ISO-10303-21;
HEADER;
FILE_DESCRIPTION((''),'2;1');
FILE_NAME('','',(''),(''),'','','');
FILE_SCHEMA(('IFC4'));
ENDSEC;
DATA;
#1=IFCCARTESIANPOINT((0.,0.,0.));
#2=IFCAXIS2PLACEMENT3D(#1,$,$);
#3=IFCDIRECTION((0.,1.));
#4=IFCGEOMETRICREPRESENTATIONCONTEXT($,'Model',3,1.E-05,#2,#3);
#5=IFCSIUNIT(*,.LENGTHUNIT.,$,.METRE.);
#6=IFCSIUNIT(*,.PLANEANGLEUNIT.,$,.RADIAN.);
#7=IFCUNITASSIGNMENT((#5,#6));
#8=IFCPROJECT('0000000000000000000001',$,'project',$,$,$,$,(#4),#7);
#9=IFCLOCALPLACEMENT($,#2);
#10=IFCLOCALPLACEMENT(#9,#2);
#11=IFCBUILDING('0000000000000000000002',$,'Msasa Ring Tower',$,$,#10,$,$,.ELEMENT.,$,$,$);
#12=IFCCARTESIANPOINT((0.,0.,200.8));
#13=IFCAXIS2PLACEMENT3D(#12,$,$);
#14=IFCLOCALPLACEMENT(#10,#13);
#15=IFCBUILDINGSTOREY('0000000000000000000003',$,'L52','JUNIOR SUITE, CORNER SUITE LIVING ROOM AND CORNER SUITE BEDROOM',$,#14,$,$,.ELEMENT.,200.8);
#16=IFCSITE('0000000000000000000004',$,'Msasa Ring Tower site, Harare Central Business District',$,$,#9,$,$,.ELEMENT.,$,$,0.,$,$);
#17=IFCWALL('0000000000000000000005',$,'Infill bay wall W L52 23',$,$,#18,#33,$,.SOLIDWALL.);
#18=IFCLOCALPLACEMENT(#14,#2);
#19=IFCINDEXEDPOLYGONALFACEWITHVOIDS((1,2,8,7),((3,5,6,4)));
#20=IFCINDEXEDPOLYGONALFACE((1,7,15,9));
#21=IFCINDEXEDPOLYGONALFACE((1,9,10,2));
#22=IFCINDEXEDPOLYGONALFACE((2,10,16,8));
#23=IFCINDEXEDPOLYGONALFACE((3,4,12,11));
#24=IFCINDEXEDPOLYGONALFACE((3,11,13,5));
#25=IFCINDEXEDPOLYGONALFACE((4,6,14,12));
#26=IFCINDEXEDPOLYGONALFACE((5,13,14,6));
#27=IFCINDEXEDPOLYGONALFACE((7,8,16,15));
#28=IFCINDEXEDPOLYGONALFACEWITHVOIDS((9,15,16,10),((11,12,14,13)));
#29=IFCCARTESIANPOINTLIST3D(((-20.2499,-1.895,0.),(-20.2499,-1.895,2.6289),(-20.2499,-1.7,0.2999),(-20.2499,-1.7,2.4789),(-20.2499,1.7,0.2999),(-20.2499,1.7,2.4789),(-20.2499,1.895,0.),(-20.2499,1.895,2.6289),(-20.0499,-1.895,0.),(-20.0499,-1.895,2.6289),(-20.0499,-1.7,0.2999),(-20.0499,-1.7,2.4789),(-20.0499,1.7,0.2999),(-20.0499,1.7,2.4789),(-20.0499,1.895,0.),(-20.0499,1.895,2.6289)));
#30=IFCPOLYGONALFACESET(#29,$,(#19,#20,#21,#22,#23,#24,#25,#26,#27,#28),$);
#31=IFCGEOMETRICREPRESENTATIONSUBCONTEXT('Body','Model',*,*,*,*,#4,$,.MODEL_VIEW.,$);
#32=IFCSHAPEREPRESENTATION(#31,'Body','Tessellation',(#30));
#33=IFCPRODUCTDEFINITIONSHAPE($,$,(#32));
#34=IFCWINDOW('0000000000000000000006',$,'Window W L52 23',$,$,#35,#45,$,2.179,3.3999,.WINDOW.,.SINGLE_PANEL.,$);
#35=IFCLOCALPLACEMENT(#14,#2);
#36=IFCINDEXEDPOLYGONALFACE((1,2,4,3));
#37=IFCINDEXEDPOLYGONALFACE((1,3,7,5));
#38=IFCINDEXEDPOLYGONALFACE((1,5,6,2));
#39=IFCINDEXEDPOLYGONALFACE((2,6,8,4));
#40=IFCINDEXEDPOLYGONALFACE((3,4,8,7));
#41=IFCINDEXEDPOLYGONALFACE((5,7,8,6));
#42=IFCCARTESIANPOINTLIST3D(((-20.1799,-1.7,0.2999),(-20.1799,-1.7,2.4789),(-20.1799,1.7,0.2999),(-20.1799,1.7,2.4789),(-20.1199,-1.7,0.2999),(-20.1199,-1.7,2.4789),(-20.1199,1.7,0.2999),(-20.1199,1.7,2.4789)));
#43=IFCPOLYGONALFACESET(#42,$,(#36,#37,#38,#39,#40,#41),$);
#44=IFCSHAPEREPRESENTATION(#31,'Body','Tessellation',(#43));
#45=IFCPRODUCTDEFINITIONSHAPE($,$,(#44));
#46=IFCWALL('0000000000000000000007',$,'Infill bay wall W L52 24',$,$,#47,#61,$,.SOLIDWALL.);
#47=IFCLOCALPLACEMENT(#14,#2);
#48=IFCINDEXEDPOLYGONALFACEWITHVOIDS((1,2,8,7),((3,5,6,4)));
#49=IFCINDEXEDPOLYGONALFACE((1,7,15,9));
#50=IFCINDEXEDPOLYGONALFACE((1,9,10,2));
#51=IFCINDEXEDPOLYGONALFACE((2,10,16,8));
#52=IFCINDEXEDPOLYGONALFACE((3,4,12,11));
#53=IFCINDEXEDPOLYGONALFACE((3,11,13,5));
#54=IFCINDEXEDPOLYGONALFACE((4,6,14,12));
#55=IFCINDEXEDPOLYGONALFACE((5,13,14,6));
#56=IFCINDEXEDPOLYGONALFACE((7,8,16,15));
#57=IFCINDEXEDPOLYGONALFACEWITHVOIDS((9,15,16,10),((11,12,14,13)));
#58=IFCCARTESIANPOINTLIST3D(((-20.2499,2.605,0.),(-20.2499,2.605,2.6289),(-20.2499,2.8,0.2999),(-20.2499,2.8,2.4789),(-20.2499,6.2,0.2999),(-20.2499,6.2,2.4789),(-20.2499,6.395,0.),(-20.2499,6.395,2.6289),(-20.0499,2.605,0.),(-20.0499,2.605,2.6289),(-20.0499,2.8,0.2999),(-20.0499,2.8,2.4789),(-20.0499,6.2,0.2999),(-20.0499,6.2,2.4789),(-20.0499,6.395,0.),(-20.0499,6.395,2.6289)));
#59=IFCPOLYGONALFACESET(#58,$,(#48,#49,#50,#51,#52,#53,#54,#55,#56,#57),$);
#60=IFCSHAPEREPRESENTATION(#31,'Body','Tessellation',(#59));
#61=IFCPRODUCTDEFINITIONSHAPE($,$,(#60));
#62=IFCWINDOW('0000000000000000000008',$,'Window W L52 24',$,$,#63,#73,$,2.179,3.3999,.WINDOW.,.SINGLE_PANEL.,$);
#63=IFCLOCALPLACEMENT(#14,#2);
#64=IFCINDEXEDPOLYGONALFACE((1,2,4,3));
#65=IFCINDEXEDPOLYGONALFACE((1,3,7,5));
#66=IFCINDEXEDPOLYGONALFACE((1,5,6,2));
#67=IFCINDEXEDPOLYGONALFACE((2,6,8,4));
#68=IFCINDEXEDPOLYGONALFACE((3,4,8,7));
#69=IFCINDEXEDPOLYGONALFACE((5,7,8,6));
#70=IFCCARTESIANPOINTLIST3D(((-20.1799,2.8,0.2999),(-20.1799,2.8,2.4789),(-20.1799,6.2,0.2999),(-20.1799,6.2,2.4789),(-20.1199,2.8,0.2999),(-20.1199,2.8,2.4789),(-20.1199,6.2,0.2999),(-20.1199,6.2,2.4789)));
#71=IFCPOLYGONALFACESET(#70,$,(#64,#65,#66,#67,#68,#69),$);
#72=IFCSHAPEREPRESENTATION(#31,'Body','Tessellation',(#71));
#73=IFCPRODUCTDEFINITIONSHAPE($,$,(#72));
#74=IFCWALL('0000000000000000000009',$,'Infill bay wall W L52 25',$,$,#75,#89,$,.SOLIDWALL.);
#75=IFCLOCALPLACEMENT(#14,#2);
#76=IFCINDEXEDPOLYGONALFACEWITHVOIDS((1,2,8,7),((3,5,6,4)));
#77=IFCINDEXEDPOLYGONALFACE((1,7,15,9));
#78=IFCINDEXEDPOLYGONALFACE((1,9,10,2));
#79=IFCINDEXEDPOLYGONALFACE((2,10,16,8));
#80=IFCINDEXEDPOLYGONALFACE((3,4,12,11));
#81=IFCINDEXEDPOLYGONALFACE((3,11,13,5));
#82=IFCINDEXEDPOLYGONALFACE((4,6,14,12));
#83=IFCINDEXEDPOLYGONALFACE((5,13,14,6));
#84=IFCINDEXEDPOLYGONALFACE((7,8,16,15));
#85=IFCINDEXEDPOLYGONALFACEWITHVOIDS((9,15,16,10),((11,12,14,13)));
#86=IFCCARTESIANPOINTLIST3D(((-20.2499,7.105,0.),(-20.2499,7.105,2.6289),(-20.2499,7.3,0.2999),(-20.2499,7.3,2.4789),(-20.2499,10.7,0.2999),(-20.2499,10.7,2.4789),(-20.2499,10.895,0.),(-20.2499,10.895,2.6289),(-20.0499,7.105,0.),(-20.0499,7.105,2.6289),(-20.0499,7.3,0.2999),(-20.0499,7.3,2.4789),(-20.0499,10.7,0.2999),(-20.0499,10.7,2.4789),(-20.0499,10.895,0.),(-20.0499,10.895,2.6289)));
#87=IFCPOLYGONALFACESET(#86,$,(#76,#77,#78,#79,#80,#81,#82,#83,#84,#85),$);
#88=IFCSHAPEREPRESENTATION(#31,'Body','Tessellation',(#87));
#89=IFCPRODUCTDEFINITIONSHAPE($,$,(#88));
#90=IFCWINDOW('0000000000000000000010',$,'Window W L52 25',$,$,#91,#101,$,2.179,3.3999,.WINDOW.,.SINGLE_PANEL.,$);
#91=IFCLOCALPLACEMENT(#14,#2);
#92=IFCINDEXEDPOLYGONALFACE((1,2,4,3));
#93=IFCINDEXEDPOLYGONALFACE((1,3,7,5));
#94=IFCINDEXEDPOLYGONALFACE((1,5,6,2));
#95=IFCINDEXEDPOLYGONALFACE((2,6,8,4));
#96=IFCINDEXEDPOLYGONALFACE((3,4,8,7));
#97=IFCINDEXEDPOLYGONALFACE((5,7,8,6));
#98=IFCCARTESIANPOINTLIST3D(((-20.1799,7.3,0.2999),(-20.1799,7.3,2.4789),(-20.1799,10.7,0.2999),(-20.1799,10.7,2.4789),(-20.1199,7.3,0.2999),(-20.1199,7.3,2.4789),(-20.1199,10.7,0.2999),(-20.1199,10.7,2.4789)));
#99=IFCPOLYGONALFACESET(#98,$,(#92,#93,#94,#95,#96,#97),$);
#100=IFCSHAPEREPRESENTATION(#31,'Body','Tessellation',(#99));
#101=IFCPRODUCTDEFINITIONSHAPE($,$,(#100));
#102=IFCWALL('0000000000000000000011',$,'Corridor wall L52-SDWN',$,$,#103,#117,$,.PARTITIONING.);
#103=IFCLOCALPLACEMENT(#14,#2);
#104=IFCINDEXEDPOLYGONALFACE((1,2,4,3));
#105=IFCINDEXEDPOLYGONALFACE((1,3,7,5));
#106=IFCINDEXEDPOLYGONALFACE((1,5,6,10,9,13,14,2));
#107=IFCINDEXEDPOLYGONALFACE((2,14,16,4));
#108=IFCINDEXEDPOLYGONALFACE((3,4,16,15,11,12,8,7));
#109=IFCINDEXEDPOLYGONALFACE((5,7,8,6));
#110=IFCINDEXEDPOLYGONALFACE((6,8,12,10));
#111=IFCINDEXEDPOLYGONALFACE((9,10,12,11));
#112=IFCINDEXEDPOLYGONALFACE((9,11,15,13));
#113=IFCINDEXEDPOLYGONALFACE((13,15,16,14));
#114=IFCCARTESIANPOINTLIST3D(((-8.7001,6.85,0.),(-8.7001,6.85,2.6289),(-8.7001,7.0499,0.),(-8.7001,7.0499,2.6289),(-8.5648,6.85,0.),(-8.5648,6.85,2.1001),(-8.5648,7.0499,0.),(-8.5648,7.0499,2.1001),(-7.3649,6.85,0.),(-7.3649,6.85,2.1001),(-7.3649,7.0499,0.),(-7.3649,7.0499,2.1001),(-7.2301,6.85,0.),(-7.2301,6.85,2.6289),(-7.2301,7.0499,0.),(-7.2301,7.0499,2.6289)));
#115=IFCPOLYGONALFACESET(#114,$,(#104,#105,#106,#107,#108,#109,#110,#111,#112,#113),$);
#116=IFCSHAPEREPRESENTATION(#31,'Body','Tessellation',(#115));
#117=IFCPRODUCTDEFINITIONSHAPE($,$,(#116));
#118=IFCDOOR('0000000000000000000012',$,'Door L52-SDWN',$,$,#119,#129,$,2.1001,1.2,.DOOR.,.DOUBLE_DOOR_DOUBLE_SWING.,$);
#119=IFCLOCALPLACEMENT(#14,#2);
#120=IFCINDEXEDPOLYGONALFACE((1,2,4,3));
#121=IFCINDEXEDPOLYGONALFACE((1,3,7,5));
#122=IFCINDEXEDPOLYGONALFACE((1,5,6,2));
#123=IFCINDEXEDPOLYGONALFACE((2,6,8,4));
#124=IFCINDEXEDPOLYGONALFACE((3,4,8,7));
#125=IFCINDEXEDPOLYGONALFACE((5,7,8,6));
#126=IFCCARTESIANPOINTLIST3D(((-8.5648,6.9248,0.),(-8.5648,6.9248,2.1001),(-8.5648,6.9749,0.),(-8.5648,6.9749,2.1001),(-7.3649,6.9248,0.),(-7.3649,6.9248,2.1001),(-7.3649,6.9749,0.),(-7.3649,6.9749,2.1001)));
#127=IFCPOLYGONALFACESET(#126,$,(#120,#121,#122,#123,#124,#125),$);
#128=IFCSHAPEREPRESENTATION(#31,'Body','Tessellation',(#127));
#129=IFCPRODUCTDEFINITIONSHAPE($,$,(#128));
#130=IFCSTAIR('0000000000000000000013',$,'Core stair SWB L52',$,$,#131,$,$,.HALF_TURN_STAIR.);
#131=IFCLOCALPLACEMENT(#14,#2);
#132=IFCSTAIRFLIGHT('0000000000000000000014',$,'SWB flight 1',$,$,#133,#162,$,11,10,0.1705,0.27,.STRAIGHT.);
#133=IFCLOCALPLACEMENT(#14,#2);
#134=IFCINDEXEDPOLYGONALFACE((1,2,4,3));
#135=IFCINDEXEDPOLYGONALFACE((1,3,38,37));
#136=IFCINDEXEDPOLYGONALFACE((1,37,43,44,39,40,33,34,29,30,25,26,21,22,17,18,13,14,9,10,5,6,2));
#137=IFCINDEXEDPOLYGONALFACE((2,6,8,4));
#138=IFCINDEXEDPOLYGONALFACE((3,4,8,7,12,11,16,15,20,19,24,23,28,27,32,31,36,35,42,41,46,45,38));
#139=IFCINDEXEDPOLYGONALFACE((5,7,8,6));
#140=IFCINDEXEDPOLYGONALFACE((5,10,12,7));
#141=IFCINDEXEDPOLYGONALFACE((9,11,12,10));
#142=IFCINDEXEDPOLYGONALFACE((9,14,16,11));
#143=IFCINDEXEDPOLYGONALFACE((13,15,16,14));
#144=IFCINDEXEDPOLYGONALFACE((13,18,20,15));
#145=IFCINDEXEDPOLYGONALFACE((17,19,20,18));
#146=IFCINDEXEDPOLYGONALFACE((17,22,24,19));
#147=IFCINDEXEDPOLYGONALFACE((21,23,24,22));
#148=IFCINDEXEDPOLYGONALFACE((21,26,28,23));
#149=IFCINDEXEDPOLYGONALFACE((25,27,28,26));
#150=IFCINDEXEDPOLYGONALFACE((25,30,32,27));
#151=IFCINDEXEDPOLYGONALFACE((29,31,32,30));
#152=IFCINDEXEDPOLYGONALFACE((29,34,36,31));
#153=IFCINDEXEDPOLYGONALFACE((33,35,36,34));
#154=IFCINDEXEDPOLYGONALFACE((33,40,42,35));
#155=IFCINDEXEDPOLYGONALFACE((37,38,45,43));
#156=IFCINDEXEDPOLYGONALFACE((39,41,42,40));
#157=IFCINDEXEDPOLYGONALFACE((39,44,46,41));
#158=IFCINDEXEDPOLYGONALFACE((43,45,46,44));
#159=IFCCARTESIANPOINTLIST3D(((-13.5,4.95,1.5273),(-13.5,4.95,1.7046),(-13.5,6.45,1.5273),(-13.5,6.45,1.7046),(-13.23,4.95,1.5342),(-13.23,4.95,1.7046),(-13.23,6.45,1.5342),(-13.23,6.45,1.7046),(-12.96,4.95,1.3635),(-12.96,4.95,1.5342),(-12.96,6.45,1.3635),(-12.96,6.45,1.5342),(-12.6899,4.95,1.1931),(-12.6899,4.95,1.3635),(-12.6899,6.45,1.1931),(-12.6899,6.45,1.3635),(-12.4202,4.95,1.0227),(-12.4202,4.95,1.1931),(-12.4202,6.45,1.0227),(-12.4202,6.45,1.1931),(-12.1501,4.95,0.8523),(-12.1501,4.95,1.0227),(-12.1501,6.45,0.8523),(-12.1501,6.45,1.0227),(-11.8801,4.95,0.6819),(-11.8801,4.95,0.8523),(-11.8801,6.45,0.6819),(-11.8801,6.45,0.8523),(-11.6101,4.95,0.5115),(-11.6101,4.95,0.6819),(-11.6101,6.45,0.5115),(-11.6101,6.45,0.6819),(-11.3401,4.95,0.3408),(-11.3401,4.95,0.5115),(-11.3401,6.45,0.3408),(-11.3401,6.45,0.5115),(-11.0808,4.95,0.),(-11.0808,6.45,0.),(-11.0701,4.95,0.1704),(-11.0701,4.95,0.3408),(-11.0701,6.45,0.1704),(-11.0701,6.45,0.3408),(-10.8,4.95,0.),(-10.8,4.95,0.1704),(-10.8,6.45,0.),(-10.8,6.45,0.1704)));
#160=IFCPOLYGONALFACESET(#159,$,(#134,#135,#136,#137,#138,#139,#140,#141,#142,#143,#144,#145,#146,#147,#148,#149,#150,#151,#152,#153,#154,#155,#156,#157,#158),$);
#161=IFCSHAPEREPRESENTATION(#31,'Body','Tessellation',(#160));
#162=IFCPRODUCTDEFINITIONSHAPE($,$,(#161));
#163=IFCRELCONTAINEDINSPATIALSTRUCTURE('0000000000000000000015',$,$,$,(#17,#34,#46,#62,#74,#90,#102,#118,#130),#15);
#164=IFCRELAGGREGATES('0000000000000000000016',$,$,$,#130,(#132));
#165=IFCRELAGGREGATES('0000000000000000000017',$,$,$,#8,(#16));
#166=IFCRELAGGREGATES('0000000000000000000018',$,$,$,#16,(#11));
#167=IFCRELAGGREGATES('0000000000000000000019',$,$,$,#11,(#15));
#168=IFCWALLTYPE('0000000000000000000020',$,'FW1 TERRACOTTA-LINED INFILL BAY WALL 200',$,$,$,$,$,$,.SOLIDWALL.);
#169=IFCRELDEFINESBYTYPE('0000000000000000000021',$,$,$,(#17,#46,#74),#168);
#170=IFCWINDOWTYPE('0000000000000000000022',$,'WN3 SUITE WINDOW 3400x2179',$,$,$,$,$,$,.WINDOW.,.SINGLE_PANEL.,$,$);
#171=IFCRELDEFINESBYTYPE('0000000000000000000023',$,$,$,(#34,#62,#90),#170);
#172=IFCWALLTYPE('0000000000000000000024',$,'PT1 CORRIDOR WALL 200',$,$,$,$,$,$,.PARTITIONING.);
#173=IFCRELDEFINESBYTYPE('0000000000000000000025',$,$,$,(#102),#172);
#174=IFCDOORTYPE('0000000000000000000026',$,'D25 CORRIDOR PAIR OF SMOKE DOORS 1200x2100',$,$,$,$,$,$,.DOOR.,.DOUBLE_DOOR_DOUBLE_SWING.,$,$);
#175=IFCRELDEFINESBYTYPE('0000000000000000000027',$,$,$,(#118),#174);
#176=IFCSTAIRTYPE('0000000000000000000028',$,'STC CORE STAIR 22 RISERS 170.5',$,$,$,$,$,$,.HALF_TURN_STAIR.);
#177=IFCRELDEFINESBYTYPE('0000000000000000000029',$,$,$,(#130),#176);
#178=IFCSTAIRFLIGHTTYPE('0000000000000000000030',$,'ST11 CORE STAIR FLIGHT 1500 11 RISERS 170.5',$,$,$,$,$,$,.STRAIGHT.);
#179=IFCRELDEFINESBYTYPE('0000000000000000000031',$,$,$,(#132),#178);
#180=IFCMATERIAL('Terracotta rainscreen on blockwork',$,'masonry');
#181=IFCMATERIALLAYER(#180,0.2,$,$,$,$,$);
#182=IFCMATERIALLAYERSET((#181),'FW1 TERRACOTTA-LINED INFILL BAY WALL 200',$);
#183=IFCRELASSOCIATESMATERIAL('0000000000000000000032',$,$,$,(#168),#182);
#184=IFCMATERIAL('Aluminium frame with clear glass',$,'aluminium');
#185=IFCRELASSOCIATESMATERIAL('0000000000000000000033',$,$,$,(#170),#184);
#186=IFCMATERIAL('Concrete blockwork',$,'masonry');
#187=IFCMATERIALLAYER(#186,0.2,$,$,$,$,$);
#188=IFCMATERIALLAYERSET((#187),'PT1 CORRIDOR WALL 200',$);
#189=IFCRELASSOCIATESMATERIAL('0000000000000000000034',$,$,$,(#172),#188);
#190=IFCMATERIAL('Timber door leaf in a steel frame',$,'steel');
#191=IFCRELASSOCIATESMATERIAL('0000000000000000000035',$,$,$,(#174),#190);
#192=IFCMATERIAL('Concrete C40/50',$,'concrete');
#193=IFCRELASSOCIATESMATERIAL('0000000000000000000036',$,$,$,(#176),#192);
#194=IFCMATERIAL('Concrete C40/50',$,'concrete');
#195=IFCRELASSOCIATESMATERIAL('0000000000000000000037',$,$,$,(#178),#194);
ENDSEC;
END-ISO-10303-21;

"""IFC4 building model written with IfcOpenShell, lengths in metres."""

from ifc_helpers import new_model, si_unit, direction, frame, frame_2d, origin, place, context, subcontext, project, spatial, polyline, rectangle, outline, extrude, material, layer, layer_set, type_object, element, fill, aggregate, save


model = new_model("IFC4")

# Units and contexts
model_context = context("Model", 3, precision=1e-05, world=origin(), true_north=direction((0.0, 1.0)))
body_context = subcontext(model_context, "Body", "Model", "MODEL_VIEW")
ifc_project = project(units=[si_unit("LENGTHUNIT", "METRE"), si_unit("PLANEANGLEUNIT", "RADIAN")], contexts=[model_context])

# Site, building, storey
site_placement = place(None, origin())
site = spatial("IfcSite", under=ifc_project, at=site_placement, Name="Msasa Ring Tower site, Harare Central Business District", CompositionType="ELEMENT", RefElevation=0.0)
building_placement = place(site_placement, origin())
building = spatial("IfcBuilding", under=site, at=building_placement, Name="Msasa Ring Tower", CompositionType="ELEMENT")
storey_placement = place(building_placement, frame((0.0, 0.0, 200.8)))
storey = spatial("IfcBuildingStorey", under=building, at=storey_placement, Name="L52", Description="JUNIOR SUITE, CORNER SUITE LIVING ROOM AND CORNER SUITE BEDROOM", CompositionType="ELEMENT", Elevation=200.8)

# Walls, openings, windows
ifc_material_1 = material(Name="Terracotta rainscreen on blockwork", Category="masonry")
ifc_layer_1 = layer(ifc_material_1, 0.2)
ifc_layer_set_1 = layer_set([ifc_layer_1], Name="FW1 TERRACOTTA-LINED INFILL BAY WALL 200")
wall_type_1 = type_object("IfcWallType", Name="FW1 TERRACOTTA-LINED INFILL BAY WALL 200", PredefinedType="SOLIDWALL", material=ifc_layer_set_1)
wall_1_placement = place(storey_placement, frame((-20.1499, -1.895, 0.0), z_axis=(0.0, 0.0, 1.0), x_axis=(0.0, 1.0, 0.0)))
wall_1 = element("IfcWall", 1, at=wall_1_placement, inside=storey, type_object=wall_type_1, Name="Infill bay wall W L52 23", PredefinedType="SOLIDWALL", context=body_context, shape_type="SweptSolid", body=[
    extrude(rectangle(XDim=3.79, YDim=0.2, at=frame_2d((1.895, 0.0))), origin(), (0.0, 0.0, 1.0), 2.6289),
])
opening_1_placement = place(wall_1_placement, frame((0.1951, 0.0, 0.3)))
opening_1 = element("IfcOpeningElement", 2, at=opening_1_placement, cuts=wall_1, PredefinedType="OPENING", context=body_context, shape_type="SweptSolid", body=[
    extrude(rectangle(XDim=3.3999, YDim=2.179, at=frame_2d((1.7, 1.0894))), frame((0.0, 0.1099, 0.0), z_axis=(0.0, -1.0, 0.0), x_axis=(1.0, 0.0, 0.0)), (0.0, 0.0, 1.0), 0.22),
])
ifc_material_2 = material(Name="Aluminium frame with clear glass", Category="aluminium")
window_type = type_object("IfcWindowType", Name="WN3 SUITE WINDOW 3400x2179", PartitioningType="SINGLE_PANEL", PredefinedType="WINDOW", material=ifc_material_2)
window_1_placement = place(opening_1_placement, origin())
window_1 = element("IfcWindow", 3, at=window_1_placement, inside=storey, type_object=window_type, Name="Window W L52 23", OverallHeight=2.179, OverallWidth=3.3999, PartitioningType="SINGLE_PANEL", PredefinedType="WINDOW", context=body_context, shape_type="SweptSolid", body=[
    extrude(rectangle(XDim=3.3999, YDim=2.179, at=frame_2d((1.7, 1.0894))), frame((0.0, 0.03, 0.0), z_axis=(0.0, -1.0, 0.0), x_axis=(1.0, 0.0, 0.0)), (0.0, 0.0, 1.0), 0.0601),
])
fill(opening_1, window_1)
wall_2_placement = place(storey_placement, frame((-20.1499, 2.605, 0.0), z_axis=(0.0, 0.0, 1.0), x_axis=(0.0, 1.0, 0.0)))
wall_2 = element("IfcWall", 4, at=wall_2_placement, inside=storey, type_object=wall_type_1, Name="Infill bay wall W L52 24", PredefinedType="SOLIDWALL", context=body_context, shape_type="SweptSolid", body=[
    extrude(rectangle(XDim=3.79, YDim=0.2, at=frame_2d((1.895, 0.0))), origin(), (0.0, 0.0, 1.0), 2.6289),
])
opening_2_placement = place(wall_2_placement, frame((0.1951, 0.0, 0.3)))
opening_2 = element("IfcOpeningElement", 5, at=opening_2_placement, cuts=wall_2, PredefinedType="OPENING", context=body_context, shape_type="SweptSolid", body=[
    extrude(rectangle(XDim=3.3999, YDim=2.179, at=frame_2d((1.7, 1.0894))), frame((0.0, 0.1099, 0.0), z_axis=(0.0, -1.0, 0.0), x_axis=(1.0, 0.0, 0.0)), (0.0, 0.0, 1.0), 0.22),
])
window_2_placement = place(opening_2_placement, origin())
window_2 = element("IfcWindow", 6, at=window_2_placement, inside=storey, type_object=window_type, Name="Window W L52 24", OverallHeight=2.179, OverallWidth=3.3999, PartitioningType="SINGLE_PANEL", PredefinedType="WINDOW", context=body_context, shape_type="SweptSolid", body=[
    extrude(rectangle(XDim=3.3999, YDim=2.179, at=frame_2d((1.7, 1.0894))), frame((0.0, 0.03, 0.0), z_axis=(0.0, -1.0, 0.0), x_axis=(1.0, 0.0, 0.0)), (0.0, 0.0, 1.0), 0.0601),
])
fill(opening_2, window_2)
wall_3_placement = place(storey_placement, frame((-20.1499, 7.105, 0.0), z_axis=(0.0, 0.0, 1.0), x_axis=(0.0, 1.0, 0.0)))
wall_3 = element("IfcWall", 7, at=wall_3_placement, inside=storey, type_object=wall_type_1, Name="Infill bay wall W L52 25", PredefinedType="SOLIDWALL", context=body_context, shape_type="SweptSolid", body=[
    extrude(rectangle(XDim=3.79, YDim=0.2, at=frame_2d((1.895, 0.0))), origin(), (0.0, 0.0, 1.0), 2.6289),
])
opening_3_placement = place(wall_3_placement, frame((0.1951, 0.0, 0.3)))
opening_3 = element("IfcOpeningElement", 8, at=opening_3_placement, cuts=wall_3, PredefinedType="OPENING", context=body_context, shape_type="SweptSolid", body=[
    extrude(rectangle(XDim=3.3999, YDim=2.179, at=frame_2d((1.7, 1.0894))), frame((0.0, 0.1099, 0.0), z_axis=(0.0, -1.0, 0.0), x_axis=(1.0, 0.0, 0.0)), (0.0, 0.0, 1.0), 0.22),
])
window_3_placement = place(opening_3_placement, origin())
window_3 = element("IfcWindow", 9, at=window_3_placement, inside=storey, type_object=window_type, Name="Window W L52 25", OverallHeight=2.179, OverallWidth=3.3999, PartitioningType="SINGLE_PANEL", PredefinedType="WINDOW", context=body_context, shape_type="SweptSolid", body=[
    extrude(rectangle(XDim=3.3999, YDim=2.179, at=frame_2d((1.7, 1.0894))), frame((0.0, 0.03, 0.0), z_axis=(0.0, -1.0, 0.0), x_axis=(1.0, 0.0, 0.0)), (0.0, 0.0, 1.0), 0.0601),
])
fill(opening_3, window_3)

# Wall, opening, door
ifc_material_3 = material(Name="Concrete blockwork", Category="masonry")
ifc_layer_2 = layer(ifc_material_3, 0.2)
ifc_layer_set_2 = layer_set([ifc_layer_2], Name="PT1 CORRIDOR WALL 200")
wall_type_2 = type_object("IfcWallType", Name="PT1 CORRIDOR WALL 200", PredefinedType="PARTITIONING", material=ifc_layer_set_2)
wall_4_placement = place(storey_placement, frame((-8.7, 6.95, 0.0), z_axis=(0.0, 0.0, 1.0), x_axis=(1.0, 0.0, 0.0)))
wall_4 = element("IfcWall", 10, at=wall_4_placement, inside=storey, type_object=wall_type_2, Name="Corridor wall L52-SDWN", PredefinedType="PARTITIONING", context=body_context, shape_type="SweptSolid", body=[
    extrude(rectangle(XDim=1.47, YDim=0.2, at=frame_2d((0.7349, 0.0))), origin(), (0.0, 0.0, 1.0), 2.6289),
])
opening_4_placement = place(wall_4_placement, frame((0.135, 0.0, 0.0)))
opening_4 = element("IfcOpeningElement", 11, at=opening_4_placement, cuts=wall_4, PredefinedType="OPENING", context=body_context, shape_type="SweptSolid", body=[
    extrude(rectangle(XDim=1.2, YDim=2.1001, at=frame_2d((0.6001, 1.05))), frame((0.0, 0.1099, 0.0), z_axis=(0.0, -1.0, 0.0), x_axis=(1.0, 0.0, 0.0)), (0.0, 0.0, 1.0), 0.22),
])
ifc_material_4 = material(Name="Timber door leaf in a steel frame", Category="steel")
door_type = type_object("IfcDoorType", Name="D25 CORRIDOR PAIR OF SMOKE DOORS 1200x2100", OperationType="DOUBLE_DOOR_DOUBLE_SWING", PredefinedType="DOOR", material=ifc_material_4)
door_placement = place(opening_4_placement, origin())
door = element("IfcDoor", 12, at=door_placement, inside=storey, type_object=door_type, Name="Door L52-SDWN", OperationType="DOUBLE_DOOR_DOUBLE_SWING", OverallHeight=2.1001, OverallWidth=1.2, PredefinedType="DOOR", context=body_context, shape_type="SweptSolid", body=[
    extrude(rectangle(XDim=1.2, YDim=2.1001, at=frame_2d((0.6001, 1.05))), frame((0.0, 0.0249, 0.0), z_axis=(0.0, -1.0, 0.0), x_axis=(1.0, 0.0, 0.0)), (0.0, 0.0, 1.0), 0.05),
])
fill(opening_4, door)

# Stair, stair flight
ifc_material_5 = material(Name="Concrete C40/50", Category="concrete")
stair_type = type_object("IfcStairType", Name="STC CORE STAIR 22 RISERS 170.5", PredefinedType="HALF_TURN_STAIR", material=ifc_material_5)
stair_placement = place(storey_placement, origin())
stair = element("IfcStair", 13, at=stair_placement, inside=storey, type_object=stair_type, Name="Core stair SWB L52", PredefinedType="HALF_TURN_STAIR")
ifc_material_6 = material(Name="Concrete C40/50", Category="concrete")
stair_flight_type = type_object("IfcStairFlightType", Name="ST11 CORE STAIR FLIGHT 1500 11 RISERS 170.5", PredefinedType="STRAIGHT", material=ifc_material_6)
stair_flight_1_placement = place(storey_placement, frame((-10.8, 5.7, 0.0), z_axis=(0.0, 0.0, 1.0), x_axis=(-1.0, 0.0, 0.0)))
stair_flight_1 = element("IfcStairFlight", 14, at=stair_flight_1_placement, type_object=stair_flight_type, Name="SWB flight 1", NumberOfRisers=11, NumberOfTreads=10, PredefinedType="STRAIGHT", RiserHeight=0.1705, TreadLength=0.27, context=body_context, shape_type="SweptSolid", body=[
    extrude(outline(polyline([(0.0, 0.0), (0.0, 0.1704), (0.27, 0.1704), (0.27, 0.3408), (0.54, 0.3408), (0.54, 0.5115), (0.8101, 0.5115), (0.8101, 0.6819), (1.0801, 0.6819), (1.0801, 0.8523), (1.3501, 0.8523), (1.3501, 1.0227), (1.6201, 1.0227), (1.6201, 1.1931), (1.8899, 1.1931), (1.8899, 1.3635), (2.1599, 1.3635), (2.1599, 1.5342), (2.4299, 1.5342), (2.4299, 1.7046), (2.7, 1.7046), (2.7, 1.875), (2.7, 1.5273), (0.2808, 0.0), (0.0, 0.0)])), frame((0.0, 0.75, 0.0), z_axis=(0.0, -1.0, 0.0), x_axis=(1.0, 0.0, 0.0)), (0.0, 0.0, 1.0), 1.5),
])
aggregate(stair, [stair_flight_1])

save(model, "model.ifc")
